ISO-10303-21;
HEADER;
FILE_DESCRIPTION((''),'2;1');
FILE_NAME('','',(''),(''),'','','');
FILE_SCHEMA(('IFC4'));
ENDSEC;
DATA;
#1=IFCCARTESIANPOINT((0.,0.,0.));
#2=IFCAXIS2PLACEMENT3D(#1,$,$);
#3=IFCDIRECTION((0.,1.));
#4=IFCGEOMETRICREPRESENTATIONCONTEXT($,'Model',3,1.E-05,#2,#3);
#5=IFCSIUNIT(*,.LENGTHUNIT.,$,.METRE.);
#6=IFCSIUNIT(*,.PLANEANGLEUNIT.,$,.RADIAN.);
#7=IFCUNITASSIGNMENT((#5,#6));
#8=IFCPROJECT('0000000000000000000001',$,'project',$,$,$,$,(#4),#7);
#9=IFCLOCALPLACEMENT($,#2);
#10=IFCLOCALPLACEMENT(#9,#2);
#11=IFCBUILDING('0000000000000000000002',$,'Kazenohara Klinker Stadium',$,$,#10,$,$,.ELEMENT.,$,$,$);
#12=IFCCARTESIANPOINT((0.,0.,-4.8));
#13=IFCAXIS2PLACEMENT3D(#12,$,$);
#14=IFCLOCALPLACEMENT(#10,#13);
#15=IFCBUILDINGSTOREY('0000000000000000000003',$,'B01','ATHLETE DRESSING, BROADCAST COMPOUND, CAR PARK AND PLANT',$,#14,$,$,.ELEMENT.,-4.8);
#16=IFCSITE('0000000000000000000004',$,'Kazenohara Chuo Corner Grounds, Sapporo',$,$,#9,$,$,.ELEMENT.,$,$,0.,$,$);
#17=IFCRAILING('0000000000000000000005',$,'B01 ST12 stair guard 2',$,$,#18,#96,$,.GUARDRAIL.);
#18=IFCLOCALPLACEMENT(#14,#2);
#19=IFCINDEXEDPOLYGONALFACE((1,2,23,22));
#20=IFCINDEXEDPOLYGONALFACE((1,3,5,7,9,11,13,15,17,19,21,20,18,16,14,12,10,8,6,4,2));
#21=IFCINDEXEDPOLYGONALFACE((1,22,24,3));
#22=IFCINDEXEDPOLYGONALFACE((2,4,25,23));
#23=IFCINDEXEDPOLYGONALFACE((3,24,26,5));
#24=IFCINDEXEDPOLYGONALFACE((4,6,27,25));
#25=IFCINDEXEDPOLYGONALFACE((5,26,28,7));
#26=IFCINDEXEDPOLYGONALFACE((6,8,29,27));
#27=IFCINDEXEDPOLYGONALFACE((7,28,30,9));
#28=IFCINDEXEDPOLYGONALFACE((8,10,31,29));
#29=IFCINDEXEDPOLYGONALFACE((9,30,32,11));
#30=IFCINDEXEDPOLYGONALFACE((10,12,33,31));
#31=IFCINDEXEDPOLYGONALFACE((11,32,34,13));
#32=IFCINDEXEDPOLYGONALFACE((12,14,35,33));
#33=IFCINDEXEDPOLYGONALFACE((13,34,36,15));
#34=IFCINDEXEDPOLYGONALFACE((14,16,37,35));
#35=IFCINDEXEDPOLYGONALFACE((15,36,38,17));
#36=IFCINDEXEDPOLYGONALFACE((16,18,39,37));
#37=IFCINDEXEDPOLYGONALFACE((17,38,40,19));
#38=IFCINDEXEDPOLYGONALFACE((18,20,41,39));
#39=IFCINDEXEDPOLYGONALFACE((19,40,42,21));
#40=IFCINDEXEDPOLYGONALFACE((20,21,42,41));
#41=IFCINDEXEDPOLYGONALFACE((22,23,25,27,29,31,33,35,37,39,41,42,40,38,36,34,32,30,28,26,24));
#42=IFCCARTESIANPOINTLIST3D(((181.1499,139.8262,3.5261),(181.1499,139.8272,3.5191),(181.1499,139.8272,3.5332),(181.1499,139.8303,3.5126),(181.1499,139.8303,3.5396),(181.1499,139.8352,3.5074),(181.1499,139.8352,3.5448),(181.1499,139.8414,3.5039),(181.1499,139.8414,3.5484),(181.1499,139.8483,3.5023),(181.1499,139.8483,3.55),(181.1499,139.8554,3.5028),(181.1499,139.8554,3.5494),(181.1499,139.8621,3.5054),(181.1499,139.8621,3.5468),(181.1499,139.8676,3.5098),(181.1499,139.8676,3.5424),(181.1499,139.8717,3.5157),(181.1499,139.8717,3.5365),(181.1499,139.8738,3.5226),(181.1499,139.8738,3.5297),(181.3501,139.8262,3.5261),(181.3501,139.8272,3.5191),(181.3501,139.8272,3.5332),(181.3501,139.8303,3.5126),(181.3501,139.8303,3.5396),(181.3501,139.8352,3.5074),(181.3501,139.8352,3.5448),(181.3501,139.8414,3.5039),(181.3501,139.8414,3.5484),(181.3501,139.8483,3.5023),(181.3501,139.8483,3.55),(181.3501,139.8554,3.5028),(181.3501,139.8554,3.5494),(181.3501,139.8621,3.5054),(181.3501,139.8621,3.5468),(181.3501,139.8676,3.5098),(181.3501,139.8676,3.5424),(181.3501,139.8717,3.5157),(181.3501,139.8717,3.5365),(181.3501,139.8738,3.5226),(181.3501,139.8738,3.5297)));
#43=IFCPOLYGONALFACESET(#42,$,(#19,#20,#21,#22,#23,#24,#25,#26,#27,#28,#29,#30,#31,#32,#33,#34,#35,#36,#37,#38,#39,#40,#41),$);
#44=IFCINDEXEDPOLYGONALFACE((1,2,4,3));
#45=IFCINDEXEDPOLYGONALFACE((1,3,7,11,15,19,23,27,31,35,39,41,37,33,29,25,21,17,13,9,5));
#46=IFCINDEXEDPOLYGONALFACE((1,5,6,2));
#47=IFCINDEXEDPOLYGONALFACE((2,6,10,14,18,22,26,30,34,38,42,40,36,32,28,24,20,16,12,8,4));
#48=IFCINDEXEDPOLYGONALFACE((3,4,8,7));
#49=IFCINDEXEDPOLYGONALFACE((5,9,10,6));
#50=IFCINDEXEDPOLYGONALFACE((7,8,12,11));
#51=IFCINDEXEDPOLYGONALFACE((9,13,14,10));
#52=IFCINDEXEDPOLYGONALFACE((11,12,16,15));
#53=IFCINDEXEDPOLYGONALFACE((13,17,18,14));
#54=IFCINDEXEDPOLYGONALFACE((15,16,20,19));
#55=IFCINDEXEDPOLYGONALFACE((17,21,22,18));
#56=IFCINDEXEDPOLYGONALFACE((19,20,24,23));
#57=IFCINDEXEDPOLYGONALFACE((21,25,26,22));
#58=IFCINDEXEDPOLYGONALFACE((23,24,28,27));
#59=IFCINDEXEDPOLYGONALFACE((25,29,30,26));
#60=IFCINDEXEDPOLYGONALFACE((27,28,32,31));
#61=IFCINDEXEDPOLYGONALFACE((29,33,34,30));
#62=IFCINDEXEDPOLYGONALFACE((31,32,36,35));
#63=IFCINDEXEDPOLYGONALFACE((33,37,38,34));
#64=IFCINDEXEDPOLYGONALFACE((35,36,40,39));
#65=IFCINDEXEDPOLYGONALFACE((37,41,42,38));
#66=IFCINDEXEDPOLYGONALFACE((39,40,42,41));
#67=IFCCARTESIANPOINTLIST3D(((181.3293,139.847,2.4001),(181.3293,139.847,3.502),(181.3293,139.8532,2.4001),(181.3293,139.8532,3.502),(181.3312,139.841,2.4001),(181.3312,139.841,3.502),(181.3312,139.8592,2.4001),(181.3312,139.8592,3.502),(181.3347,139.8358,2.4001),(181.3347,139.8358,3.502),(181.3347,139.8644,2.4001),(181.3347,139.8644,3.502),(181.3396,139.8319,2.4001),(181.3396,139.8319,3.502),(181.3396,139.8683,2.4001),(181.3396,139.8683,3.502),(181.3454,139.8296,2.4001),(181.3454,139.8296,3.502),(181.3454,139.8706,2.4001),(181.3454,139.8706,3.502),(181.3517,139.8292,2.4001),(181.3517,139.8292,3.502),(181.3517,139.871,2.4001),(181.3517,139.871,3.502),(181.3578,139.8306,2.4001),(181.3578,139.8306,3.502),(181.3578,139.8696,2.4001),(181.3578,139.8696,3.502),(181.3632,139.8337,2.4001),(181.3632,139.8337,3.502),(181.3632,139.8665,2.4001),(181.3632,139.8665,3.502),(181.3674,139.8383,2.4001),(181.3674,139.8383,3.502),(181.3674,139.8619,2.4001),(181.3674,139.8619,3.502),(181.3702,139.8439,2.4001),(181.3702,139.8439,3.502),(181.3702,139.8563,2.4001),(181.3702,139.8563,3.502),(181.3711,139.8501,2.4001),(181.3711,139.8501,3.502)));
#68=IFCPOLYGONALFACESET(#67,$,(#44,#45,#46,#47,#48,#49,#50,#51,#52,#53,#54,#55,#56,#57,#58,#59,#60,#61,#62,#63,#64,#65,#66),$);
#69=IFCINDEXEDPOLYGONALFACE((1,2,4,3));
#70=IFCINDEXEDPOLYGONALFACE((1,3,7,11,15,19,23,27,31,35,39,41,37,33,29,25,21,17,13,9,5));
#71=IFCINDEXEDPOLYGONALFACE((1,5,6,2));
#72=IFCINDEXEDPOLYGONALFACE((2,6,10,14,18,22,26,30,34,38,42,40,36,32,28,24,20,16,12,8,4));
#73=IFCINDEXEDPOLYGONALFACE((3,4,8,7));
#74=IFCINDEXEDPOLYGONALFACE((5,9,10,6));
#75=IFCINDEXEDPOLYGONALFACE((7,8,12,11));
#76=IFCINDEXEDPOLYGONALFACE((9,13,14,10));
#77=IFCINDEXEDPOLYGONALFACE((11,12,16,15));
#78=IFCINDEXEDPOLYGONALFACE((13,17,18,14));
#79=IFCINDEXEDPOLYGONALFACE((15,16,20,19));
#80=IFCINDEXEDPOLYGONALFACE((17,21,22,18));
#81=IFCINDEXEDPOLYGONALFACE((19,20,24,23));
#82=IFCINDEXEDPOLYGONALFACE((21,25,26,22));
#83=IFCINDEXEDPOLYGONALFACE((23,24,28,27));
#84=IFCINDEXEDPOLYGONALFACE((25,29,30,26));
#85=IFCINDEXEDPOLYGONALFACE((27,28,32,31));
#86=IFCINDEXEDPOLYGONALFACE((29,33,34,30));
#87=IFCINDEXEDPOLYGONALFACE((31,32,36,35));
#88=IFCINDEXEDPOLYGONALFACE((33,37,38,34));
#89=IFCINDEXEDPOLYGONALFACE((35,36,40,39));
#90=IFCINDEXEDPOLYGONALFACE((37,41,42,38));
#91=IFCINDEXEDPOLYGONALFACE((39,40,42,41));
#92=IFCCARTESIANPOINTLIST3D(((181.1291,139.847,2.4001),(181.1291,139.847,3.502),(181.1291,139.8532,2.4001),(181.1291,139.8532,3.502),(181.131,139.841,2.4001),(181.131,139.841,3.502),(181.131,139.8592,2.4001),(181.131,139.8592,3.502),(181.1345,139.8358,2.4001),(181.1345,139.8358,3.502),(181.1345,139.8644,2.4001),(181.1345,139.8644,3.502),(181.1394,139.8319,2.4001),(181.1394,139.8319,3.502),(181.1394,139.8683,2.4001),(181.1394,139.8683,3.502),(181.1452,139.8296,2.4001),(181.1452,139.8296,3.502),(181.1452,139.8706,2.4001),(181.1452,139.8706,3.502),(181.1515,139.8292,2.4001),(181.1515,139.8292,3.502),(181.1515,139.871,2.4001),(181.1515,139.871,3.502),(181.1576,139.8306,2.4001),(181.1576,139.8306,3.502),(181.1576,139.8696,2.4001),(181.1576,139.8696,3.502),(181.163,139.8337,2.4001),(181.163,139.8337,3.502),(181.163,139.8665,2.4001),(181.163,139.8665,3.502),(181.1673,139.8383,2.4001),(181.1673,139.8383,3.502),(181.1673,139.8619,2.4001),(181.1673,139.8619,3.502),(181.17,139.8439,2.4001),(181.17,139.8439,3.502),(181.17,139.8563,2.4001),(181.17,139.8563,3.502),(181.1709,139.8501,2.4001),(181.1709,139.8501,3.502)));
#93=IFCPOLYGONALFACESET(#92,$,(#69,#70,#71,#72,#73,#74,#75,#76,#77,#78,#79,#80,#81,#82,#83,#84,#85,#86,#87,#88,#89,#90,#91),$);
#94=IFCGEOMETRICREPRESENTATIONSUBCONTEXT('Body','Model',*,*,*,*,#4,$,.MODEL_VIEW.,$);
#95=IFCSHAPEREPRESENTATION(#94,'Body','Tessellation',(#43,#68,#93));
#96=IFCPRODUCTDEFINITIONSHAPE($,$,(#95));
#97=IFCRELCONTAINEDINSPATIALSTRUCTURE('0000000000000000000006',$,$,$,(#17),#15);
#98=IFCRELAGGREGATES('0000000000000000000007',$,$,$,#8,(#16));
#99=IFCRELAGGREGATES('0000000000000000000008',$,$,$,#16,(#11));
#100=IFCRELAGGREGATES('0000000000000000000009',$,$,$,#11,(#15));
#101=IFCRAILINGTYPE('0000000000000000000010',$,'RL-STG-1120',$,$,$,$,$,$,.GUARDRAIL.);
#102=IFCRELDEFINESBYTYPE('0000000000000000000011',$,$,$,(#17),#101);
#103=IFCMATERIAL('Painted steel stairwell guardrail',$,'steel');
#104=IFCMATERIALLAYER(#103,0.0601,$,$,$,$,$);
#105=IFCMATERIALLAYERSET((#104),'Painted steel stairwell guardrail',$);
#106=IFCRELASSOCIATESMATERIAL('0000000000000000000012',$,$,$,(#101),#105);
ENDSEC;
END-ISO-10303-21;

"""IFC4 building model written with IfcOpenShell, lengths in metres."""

from ifc_helpers import new_model, si_unit, direction, frame, origin, origin_2d, place, context, subcontext, project, spatial, circle, extrude, material, layer, layer_set, type_object, element, save


model = new_model("IFC4")

# Units and contexts
model_context = context("Model", 3, precision=1e-05, world=origin(), true_north=direction((0.0, 1.0)))
body_context = subcontext(model_context, "Body", "Model", "MODEL_VIEW")
ifc_project = project(units=[si_unit("LENGTHUNIT", "METRE"), si_unit("PLANEANGLEUNIT", "RADIAN")], contexts=[model_context])

# Site, building, storey
site_placement = place(None, origin())
site = spatial("IfcSite", under=ifc_project, at=site_placement, Name="Kazenohara Chuo Corner Grounds, Sapporo", CompositionType="ELEMENT", RefElevation=0.0)
building_placement = place(site_placement, origin())
building = spatial("IfcBuilding", under=site, at=building_placement, Name="Kazenohara Klinker Stadium", CompositionType="ELEMENT")
storey_placement = place(building_placement, frame((0.0, 0.0, -4.8)))
storey = spatial("IfcBuildingStorey", under=building, at=storey_placement, Name="B01", Description="ATHLETE DRESSING, BROADCAST COMPOUND, CAR PARK AND PLANT", CompositionType="ELEMENT", Elevation=-4.8)

# Railing
ifc_material_1 = material(Name="Painted steel stairwell guardrail", Category="steel")
ifc_layer_1 = layer(ifc_material_1, 0.0601)
ifc_layer_set_1 = layer_set([ifc_layer_1], Name="Painted steel stairwell guardrail")
railing_type_1 = type_object("IfcRailingType", Name="RL-STG-1120", PredefinedType="GUARDRAIL", material=ifc_layer_set_1)
railing_1_placement = place(storey_placement, frame((181.3501, 139.8501, 2.4001)))
element("IfcRailing", 1, at=railing_1_placement, inside=storey, type_object=railing_type_1, Name="B01 ST12 stair guard 2", PredefinedType="GUARDRAIL", context=body_context, shape_type="SweptSolid", body=[
    extrude(circle(Radius=0.0239, at=origin_2d()), frame((0.0, 0.0, 1.126), z_axis=(-1.0, 0.0, 0.0), x_axis=(0.0, -1.0, 0.0)), (0.0, 0.0, 1.0), 0.2002),
    extrude(circle(Radius=0.021, at=origin_2d()), origin(), (0.0, 0.0, 1.0), 1.1018),
    extrude(circle(Radius=0.021, at=origin_2d()), frame((-0.2002, 0.0, 0.0)), (0.0, 0.0, 1.0), 1.1018),
])

save(model, "model.ifc")
